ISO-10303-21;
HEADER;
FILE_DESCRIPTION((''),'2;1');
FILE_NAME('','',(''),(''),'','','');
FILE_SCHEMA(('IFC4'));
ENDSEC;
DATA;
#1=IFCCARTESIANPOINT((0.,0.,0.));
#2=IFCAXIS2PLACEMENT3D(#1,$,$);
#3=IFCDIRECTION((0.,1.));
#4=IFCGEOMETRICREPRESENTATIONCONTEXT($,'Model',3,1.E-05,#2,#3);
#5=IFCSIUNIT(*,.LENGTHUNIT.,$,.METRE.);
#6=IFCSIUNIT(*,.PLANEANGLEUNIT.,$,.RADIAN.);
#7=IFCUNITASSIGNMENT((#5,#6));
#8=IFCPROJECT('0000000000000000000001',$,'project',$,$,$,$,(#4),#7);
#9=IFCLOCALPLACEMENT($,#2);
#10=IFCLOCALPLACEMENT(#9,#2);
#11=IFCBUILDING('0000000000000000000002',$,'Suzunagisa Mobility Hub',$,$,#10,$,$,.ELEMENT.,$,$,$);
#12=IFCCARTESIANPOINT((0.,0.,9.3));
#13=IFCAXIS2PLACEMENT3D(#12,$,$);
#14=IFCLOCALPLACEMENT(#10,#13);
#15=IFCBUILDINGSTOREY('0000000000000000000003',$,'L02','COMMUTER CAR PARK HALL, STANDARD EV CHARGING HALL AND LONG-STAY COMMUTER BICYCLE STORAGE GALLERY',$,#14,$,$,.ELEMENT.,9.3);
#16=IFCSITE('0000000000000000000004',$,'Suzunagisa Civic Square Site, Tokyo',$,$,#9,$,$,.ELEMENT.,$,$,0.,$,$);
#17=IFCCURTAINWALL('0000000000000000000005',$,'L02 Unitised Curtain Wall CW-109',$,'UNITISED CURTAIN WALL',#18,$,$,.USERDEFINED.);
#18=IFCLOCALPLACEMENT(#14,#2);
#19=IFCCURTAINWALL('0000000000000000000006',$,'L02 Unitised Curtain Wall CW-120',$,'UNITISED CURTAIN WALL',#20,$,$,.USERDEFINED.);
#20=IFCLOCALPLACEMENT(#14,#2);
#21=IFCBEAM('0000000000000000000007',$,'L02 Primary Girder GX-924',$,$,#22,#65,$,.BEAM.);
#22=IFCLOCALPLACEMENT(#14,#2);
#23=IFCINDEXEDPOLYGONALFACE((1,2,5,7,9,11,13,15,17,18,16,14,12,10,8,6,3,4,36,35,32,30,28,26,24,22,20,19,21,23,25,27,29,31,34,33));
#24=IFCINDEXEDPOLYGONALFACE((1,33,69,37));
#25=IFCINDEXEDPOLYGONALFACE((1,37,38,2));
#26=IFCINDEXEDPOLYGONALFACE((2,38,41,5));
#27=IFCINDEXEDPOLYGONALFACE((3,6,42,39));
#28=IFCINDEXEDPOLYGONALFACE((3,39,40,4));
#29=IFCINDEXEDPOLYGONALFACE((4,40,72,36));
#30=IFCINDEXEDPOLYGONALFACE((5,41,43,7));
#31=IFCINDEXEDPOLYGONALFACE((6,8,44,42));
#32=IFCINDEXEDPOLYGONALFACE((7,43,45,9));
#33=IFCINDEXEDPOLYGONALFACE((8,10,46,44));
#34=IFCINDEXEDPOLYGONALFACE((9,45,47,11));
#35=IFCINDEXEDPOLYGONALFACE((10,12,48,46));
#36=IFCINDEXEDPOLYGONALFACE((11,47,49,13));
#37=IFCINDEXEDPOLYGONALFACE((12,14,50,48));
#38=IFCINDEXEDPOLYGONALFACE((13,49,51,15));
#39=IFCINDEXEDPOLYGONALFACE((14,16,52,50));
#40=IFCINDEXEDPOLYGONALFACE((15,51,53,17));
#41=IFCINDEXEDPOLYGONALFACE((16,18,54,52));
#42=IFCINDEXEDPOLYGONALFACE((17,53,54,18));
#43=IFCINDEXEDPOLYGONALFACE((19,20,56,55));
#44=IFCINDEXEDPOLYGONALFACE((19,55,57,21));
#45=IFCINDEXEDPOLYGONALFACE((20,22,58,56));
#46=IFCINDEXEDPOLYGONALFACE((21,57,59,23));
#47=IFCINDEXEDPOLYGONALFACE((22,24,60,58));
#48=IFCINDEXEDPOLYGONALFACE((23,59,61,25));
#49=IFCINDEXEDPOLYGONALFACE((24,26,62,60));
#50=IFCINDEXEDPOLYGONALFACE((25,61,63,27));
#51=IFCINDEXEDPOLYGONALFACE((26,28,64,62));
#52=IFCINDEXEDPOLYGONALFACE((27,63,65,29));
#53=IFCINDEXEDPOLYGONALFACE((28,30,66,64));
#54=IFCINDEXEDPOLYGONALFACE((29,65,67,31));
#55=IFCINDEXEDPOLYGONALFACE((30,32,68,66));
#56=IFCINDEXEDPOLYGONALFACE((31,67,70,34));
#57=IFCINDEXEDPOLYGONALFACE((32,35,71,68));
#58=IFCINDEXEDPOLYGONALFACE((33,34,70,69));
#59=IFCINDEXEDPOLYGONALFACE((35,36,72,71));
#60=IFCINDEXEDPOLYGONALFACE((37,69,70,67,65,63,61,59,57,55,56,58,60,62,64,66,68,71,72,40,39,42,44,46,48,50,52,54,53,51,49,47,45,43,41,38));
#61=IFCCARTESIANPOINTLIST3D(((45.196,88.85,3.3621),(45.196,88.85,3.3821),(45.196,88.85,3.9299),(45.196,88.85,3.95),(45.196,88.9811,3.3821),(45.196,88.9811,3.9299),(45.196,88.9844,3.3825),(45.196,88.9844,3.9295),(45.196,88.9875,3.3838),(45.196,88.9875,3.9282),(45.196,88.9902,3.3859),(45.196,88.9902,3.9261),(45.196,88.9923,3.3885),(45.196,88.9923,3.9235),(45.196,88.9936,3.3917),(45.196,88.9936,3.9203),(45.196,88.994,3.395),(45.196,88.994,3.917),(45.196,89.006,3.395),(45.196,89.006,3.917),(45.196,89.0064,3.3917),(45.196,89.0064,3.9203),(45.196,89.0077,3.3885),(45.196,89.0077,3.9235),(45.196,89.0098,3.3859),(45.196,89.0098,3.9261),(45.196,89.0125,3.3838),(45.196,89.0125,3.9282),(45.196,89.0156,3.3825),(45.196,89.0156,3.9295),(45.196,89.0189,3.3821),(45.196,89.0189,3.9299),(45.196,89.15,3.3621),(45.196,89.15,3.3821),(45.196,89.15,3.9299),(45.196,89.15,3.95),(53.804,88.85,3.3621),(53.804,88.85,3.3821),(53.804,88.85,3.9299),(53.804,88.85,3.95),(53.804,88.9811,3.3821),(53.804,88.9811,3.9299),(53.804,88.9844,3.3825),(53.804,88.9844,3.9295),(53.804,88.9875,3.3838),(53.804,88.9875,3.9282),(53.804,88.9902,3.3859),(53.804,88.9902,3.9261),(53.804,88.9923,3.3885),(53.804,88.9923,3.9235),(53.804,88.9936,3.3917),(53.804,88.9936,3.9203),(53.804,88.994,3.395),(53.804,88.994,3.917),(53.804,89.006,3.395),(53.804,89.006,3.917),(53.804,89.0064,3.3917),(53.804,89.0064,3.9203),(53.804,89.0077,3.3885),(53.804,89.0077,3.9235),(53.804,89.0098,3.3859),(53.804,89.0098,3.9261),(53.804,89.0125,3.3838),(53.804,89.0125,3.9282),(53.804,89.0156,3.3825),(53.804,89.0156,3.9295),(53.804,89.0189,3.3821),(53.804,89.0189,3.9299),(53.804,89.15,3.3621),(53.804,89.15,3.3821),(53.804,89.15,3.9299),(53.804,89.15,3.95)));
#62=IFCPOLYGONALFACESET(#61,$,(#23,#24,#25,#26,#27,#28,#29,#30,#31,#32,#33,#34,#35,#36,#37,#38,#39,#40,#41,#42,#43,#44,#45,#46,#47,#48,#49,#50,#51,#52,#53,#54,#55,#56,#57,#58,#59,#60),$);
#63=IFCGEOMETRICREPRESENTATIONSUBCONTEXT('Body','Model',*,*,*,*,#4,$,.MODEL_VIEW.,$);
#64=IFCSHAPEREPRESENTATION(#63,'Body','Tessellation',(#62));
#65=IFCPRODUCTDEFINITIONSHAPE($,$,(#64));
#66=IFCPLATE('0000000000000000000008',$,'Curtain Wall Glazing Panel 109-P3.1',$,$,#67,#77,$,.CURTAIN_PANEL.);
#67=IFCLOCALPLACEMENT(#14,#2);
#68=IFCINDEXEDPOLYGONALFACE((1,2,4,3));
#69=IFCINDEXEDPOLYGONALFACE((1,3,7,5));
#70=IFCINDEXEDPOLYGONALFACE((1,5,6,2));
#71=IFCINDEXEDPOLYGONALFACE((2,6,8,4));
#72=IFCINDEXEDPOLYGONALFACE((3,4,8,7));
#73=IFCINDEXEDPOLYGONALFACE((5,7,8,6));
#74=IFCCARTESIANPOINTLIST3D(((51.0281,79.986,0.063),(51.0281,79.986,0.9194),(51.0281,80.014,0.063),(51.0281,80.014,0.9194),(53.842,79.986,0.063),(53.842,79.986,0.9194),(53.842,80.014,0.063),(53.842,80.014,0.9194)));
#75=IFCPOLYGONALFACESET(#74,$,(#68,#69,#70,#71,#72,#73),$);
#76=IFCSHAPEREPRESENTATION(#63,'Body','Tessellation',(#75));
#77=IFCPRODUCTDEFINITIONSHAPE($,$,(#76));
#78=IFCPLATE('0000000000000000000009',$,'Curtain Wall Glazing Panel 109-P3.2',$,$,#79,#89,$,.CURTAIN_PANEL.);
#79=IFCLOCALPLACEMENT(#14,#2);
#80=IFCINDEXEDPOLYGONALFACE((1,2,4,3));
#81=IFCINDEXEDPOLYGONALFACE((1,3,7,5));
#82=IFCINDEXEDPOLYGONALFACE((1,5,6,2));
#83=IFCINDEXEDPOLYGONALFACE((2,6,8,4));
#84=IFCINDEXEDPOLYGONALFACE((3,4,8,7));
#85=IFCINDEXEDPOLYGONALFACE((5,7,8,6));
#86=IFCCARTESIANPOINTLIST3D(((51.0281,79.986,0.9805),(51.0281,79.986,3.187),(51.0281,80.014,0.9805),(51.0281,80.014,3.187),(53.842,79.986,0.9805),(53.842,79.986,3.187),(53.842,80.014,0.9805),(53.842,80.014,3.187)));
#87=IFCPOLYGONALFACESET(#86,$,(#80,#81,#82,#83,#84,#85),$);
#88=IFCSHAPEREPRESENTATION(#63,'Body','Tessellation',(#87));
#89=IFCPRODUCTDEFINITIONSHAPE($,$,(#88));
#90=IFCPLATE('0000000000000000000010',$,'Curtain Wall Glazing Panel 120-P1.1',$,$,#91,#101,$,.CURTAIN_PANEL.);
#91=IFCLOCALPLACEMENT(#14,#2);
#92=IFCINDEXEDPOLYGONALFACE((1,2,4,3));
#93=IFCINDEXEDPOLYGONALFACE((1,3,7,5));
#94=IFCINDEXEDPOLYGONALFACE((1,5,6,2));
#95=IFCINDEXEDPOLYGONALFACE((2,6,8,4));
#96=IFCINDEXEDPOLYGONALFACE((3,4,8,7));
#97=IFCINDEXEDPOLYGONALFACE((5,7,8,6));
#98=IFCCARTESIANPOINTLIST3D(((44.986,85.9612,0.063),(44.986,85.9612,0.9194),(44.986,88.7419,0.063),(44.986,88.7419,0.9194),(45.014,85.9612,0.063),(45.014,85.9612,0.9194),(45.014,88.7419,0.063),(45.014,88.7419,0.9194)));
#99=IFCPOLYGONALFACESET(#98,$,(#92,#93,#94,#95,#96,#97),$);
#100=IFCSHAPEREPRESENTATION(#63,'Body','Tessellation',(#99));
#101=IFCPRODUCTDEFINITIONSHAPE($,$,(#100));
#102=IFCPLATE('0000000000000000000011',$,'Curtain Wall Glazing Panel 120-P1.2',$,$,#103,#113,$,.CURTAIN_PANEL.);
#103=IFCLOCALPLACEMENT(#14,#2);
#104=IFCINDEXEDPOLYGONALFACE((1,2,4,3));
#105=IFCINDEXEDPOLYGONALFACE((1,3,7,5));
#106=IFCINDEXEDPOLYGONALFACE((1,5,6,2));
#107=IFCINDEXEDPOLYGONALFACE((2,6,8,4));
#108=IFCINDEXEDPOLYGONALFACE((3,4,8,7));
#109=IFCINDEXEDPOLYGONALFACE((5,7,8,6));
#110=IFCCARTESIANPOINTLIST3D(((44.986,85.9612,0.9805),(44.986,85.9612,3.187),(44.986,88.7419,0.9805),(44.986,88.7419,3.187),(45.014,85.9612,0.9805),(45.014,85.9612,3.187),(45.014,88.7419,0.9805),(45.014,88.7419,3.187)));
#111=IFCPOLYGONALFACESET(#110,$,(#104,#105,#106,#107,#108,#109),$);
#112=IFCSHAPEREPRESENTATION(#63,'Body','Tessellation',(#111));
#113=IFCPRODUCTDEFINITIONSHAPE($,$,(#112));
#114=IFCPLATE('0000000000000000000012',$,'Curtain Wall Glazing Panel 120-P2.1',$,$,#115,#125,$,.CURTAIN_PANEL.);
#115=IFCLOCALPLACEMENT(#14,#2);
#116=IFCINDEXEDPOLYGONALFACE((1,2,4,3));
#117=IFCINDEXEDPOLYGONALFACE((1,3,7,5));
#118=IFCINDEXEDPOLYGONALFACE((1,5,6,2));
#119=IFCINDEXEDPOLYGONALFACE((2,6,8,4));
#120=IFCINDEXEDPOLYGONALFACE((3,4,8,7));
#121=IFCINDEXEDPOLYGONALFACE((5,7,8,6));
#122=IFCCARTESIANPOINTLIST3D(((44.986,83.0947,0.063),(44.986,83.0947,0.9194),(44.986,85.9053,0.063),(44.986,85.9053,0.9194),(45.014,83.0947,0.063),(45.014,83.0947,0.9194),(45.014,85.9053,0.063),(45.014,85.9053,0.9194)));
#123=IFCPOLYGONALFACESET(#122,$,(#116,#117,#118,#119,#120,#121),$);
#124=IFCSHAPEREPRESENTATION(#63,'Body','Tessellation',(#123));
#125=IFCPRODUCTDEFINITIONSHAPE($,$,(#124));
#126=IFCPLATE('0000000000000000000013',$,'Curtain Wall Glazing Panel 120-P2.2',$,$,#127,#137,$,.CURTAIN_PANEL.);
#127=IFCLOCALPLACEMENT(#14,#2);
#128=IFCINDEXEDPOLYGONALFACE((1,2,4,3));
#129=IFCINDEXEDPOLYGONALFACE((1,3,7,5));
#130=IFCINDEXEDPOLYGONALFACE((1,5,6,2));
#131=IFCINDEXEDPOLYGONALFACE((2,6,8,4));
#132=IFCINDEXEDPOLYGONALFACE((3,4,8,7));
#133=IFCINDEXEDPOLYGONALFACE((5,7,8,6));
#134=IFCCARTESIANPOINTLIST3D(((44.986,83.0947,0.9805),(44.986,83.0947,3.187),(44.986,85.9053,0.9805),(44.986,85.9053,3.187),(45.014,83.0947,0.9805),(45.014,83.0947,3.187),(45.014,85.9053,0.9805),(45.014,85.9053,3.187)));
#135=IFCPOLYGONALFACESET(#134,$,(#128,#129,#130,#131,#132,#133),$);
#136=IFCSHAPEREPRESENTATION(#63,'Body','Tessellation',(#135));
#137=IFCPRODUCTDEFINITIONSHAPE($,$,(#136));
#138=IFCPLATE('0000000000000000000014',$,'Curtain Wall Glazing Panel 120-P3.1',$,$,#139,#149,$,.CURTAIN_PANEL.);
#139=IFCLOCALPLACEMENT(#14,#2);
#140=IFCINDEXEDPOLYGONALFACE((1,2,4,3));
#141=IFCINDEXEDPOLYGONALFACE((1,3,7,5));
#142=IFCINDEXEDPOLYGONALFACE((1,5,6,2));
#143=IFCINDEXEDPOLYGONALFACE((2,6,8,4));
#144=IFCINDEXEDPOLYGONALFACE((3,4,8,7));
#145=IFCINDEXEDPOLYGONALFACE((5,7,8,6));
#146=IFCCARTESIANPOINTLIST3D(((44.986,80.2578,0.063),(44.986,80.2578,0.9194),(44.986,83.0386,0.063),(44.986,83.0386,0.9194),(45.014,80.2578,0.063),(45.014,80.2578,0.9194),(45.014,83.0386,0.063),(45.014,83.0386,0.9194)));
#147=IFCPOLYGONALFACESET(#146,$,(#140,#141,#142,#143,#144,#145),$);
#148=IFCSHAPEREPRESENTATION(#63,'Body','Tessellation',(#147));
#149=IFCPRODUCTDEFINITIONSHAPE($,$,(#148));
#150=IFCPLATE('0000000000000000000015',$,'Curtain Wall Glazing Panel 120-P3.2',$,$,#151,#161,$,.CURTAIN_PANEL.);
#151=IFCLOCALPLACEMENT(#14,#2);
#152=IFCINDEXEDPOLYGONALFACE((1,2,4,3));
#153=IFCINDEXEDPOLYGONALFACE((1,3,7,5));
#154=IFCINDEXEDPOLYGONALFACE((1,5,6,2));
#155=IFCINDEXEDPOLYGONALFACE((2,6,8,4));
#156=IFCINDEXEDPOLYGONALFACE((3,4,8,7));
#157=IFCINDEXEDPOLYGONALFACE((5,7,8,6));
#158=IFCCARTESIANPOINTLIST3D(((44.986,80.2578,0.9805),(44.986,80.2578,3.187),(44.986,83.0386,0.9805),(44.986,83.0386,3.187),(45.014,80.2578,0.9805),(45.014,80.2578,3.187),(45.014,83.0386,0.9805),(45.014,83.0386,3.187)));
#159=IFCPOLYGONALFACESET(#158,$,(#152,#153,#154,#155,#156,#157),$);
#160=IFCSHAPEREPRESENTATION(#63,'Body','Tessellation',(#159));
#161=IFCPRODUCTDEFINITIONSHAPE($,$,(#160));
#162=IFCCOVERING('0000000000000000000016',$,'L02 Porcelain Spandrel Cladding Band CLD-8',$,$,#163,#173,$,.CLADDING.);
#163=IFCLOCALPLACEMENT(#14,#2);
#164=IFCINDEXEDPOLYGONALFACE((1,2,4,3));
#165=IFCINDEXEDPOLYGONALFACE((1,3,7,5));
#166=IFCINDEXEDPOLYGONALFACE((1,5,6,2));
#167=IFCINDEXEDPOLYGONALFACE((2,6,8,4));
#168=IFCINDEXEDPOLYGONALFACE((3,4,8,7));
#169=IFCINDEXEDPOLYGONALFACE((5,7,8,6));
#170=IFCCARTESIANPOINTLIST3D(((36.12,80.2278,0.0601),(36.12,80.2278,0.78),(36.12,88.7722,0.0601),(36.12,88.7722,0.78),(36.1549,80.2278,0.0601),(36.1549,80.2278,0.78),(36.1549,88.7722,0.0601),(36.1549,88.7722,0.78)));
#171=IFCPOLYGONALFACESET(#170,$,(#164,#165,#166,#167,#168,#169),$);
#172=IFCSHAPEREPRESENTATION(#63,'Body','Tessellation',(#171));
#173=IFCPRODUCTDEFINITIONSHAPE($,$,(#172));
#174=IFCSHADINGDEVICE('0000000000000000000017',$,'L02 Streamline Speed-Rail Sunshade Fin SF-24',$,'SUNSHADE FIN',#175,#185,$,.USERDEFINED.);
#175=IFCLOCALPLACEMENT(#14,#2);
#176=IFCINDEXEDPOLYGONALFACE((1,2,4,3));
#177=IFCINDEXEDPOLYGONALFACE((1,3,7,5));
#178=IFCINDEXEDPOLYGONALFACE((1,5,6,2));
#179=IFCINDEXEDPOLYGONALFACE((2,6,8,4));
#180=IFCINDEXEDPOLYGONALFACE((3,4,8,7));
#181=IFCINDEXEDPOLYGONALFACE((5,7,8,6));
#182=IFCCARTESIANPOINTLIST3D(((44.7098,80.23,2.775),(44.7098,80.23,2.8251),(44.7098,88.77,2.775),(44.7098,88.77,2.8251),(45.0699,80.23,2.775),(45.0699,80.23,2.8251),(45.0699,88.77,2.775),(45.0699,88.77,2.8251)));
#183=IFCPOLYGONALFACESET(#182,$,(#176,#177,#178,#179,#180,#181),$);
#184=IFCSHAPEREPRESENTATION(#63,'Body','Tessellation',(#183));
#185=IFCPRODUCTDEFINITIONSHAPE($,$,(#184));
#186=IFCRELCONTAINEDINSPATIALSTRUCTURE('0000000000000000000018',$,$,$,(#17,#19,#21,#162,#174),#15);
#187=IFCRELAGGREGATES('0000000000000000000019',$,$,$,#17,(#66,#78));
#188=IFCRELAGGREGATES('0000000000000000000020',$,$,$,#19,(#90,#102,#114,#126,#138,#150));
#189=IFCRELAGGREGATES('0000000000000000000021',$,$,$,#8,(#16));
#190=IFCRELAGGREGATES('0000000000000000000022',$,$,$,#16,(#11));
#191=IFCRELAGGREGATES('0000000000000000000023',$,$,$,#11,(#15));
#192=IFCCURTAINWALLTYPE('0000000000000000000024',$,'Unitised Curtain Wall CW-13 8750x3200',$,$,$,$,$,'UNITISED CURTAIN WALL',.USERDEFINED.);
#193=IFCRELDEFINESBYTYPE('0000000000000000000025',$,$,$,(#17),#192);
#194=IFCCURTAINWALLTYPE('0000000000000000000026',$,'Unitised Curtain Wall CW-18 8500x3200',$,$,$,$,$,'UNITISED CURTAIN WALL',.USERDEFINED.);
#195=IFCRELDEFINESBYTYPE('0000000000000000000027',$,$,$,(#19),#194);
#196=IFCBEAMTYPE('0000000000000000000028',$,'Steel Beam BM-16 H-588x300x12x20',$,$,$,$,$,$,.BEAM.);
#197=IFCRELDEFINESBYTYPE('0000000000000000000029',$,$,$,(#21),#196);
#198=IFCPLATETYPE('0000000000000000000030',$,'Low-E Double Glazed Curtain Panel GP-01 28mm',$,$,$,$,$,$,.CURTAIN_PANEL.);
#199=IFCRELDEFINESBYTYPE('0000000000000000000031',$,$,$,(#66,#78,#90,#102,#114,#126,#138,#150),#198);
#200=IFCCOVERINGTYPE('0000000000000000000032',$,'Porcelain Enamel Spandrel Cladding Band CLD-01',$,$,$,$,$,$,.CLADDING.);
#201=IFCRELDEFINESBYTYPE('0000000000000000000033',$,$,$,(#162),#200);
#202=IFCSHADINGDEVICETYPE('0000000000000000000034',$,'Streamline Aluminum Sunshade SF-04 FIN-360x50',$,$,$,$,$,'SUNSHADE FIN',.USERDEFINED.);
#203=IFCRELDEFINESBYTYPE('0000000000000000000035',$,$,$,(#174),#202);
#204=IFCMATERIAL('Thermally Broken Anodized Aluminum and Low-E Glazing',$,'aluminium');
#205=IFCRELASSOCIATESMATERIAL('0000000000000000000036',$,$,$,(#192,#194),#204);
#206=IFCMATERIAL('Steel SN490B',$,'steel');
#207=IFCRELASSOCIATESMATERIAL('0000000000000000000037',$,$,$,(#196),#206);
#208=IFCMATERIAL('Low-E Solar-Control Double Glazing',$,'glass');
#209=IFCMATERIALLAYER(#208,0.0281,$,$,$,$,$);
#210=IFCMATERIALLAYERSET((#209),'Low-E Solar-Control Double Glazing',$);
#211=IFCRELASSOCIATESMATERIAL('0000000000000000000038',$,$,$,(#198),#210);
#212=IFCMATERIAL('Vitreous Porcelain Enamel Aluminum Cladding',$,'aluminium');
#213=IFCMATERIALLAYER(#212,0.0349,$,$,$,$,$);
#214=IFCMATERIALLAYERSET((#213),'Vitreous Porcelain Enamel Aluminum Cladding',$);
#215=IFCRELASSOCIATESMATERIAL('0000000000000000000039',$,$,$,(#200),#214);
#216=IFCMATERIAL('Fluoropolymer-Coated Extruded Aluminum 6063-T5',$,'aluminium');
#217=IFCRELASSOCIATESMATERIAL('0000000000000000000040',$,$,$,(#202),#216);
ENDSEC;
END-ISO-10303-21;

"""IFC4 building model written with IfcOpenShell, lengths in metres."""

from ifc_helpers import new_model, si_unit, direction, frame, origin, origin_2d, place, context, subcontext, project, spatial, rectangle, i_section, extrude, material, layer, layer_set, material_profile, profile_set, type_object, element, aggregate, save


model = new_model("IFC4")

# Units and contexts
model_context = context("Model", 3, precision=1e-05, world=origin(), true_north=direction((0.0, 1.0)))
body_context = subcontext(model_context, "Body", "Model", "MODEL_VIEW")
ifc_project = project(units=[si_unit("LENGTHUNIT", "METRE"), si_unit("PLANEANGLEUNIT", "RADIAN")], contexts=[model_context])

# Site, building, storey
site_placement = place(None, origin())
site = spatial("IfcSite", under=ifc_project, at=site_placement, Name="Suzunagisa Civic Square Site, Tokyo", CompositionType="ELEMENT", RefElevation=0.0)
building_placement = place(site_placement, origin())
building = spatial("IfcBuilding", under=site, at=building_placement, Name="Suzunagisa Mobility Hub", CompositionType="ELEMENT")
storey_placement = place(building_placement, frame((0.0, 0.0, 9.3)))
storey = spatial("IfcBuildingStorey", under=building, at=storey_placement, Name="L02", Description="COMMUTER CAR PARK HALL, STANDARD EV CHARGING HALL AND LONG-STAY COMMUTER BICYCLE STORAGE GALLERY", CompositionType="ELEMENT", Elevation=9.3)

# Shared definitions
ifc_material_1 = material(Name="Steel SN490B", Category="steel")

# Curtain walls
ifc_material_2 = material(Name="Thermally Broken Anodized Aluminum and Low-E Glazing", Category="aluminium")
curtain_wall_type_1 = type_object("IfcCurtainWallType", Name="Unitised Curtain Wall CW-13 8750x3200", ElementType="UNITISED CURTAIN WALL", PredefinedType="USERDEFINED", material=ifc_material_2)
curtain_wall_1_placement = place(storey_placement, origin())
curtain_wall_1 = element("IfcCurtainWall", 1, at=curtain_wall_1_placement, inside=storey, type_object=curtain_wall_type_1, Name="L02 Unitised Curtain Wall CW-109", ObjectType="UNITISED CURTAIN WALL", PredefinedType="USERDEFINED")
curtain_wall_type_2 = type_object("IfcCurtainWallType", Name="Unitised Curtain Wall CW-18 8500x3200", ElementType="UNITISED CURTAIN WALL", PredefinedType="USERDEFINED", material=ifc_material_2)
curtain_wall_2_placement = place(storey_placement, origin())
curtain_wall_2 = element("IfcCurtainWall", 2, at=curtain_wall_2_placement, inside=storey, type_object=curtain_wall_type_2, Name="L02 Unitised Curtain Wall CW-120", ObjectType="UNITISED CURTAIN WALL", PredefinedType="USERDEFINED")

# Beam
ifc_material_profile_1 = material_profile(ifc_material_1, i_section(OverallWidth=0.3, OverallDepth=0.5879, WebThickness=0.012, FlangeThickness=0.02, FilletRadius=0.0129, at=origin_2d()), Name="H-588x300x12x20")
ifc_profile_set_1 = profile_set([ifc_material_profile_1], Name="Steel SN490B")
beam_type_1 = type_object("IfcBeamType", Name="Steel Beam BM-16 H-588x300x12x20", PredefinedType="BEAM", material=ifc_profile_set_1)
beam_1_placement = place(storey_placement, frame((45.196, 89.0, 3.656), z_axis=(1.0, 0.0, 0.0), x_axis=(0.0, 1.0, 0.0)))
element("IfcBeam", 3, at=beam_1_placement, inside=storey, type_object=beam_type_1, Name="L02 Primary Girder GX-924", PredefinedType="BEAM", context=body_context, shape_type="SweptSolid", body=[
    extrude(i_section(OverallWidth=0.3, OverallDepth=0.5879, WebThickness=0.012, FlangeThickness=0.02, FilletRadius=0.0129, at=origin_2d()), origin(), (0.0, 0.0, 1.0), 8.6079),
])

# Plates
ifc_material_3 = material(Name="Low-E Solar-Control Double Glazing", Category="glass")
ifc_layer_1 = layer(ifc_material_3, 0.0281)
ifc_layer_set_1 = layer_set([ifc_layer_1], Name="Low-E Solar-Control Double Glazing")
plate_type = type_object("IfcPlateType", Name="Low-E Double Glazed Curtain Panel GP-01 28mm", PredefinedType="CURTAIN_PANEL", material=ifc_layer_set_1)
plate_1_placement = place(storey_placement, frame((52.4351, 80.0, 0.063), z_axis=(0.0, 0.0, 1.0), x_axis=(1.0, 0.0, 0.0)))
plate_1 = element("IfcPlate", 4, at=plate_1_placement, type_object=plate_type, Name="Curtain Wall Glazing Panel 109-P3.1", PredefinedType="CURTAIN_PANEL", context=body_context, shape_type="SweptSolid", body=[
    extrude(rectangle(XDim=2.814, YDim=0.0281, at=origin_2d()), origin(), (0.0, 0.0, 1.0), 0.8564),
])
plate_2_placement = place(storey_placement, frame((52.4351, 80.0, 0.9805), z_axis=(0.0, 0.0, 1.0), x_axis=(1.0, 0.0, 0.0)))
plate_2 = element("IfcPlate", 5, at=plate_2_placement, type_object=plate_type, Name="Curtain Wall Glazing Panel 109-P3.2", PredefinedType="CURTAIN_PANEL", context=body_context, shape_type="SweptSolid", body=[
    extrude(rectangle(XDim=2.814, YDim=0.0281, at=origin_2d()), origin(), (0.0, 0.0, 1.0), 2.2065),
])
aggregate(curtain_wall_1, [plate_1, plate_2])
plate_3_placement = place(storey_placement, frame((45.0, 87.3516, 0.063), z_axis=(0.0, 0.0, 1.0), x_axis=(0.0, -1.0, 0.0)))
plate_3 = element("IfcPlate", 6, at=plate_3_placement, type_object=plate_type, Name="Curtain Wall Glazing Panel 120-P1.1", PredefinedType="CURTAIN_PANEL", context=body_context, shape_type="SweptSolid", body=[
    extrude(rectangle(XDim=2.7808, YDim=0.0281, at=origin_2d()), origin(), (0.0, 0.0, 1.0), 0.8564),
])
plate_4_placement = place(storey_placement, frame((45.0, 87.3516, 0.9805), z_axis=(0.0, 0.0, 1.0), x_axis=(0.0, -1.0, 0.0)))
plate_4 = element("IfcPlate", 7, at=plate_4_placement, type_object=plate_type, Name="Curtain Wall Glazing Panel 120-P1.2", PredefinedType="CURTAIN_PANEL", context=body_context, shape_type="SweptSolid", body=[
    extrude(rectangle(XDim=2.7808, YDim=0.0281, at=origin_2d()), origin(), (0.0, 0.0, 1.0), 2.2065),
])
plate_5_placement = place(storey_placement, frame((45.0, 84.5, 0.063), z_axis=(0.0, 0.0, 1.0), x_axis=(0.0, -1.0, 0.0)))
plate_5 = element("IfcPlate", 8, at=plate_5_placement, type_object=plate_type, Name="Curtain Wall Glazing Panel 120-P2.1", PredefinedType="CURTAIN_PANEL", context=body_context, shape_type="SweptSolid", body=[
    extrude(rectangle(XDim=2.8105, YDim=0.0281, at=origin_2d()), origin(), (0.0, 0.0, 1.0), 0.8564),
])
plate_6_placement = place(storey_placement, frame((45.0, 84.5, 0.9805), z_axis=(0.0, 0.0, 1.0), x_axis=(0.0, -1.0, 0.0)))
plate_6 = element("IfcPlate", 9, at=plate_6_placement, type_object=plate_type, Name="Curtain Wall Glazing Panel 120-P2.2", PredefinedType="CURTAIN_PANEL", context=body_context, shape_type="SweptSolid", body=[
    extrude(rectangle(XDim=2.8105, YDim=0.0281, at=origin_2d()), origin(), (0.0, 0.0, 1.0), 2.2065),
])
plate_7_placement = place(storey_placement, frame((45.0, 81.6482, 0.063), z_axis=(0.0, 0.0, 1.0), x_axis=(0.0, -1.0, 0.0)))
plate_7 = element("IfcPlate", 10, at=plate_7_placement, type_object=plate_type, Name="Curtain Wall Glazing Panel 120-P3.1", PredefinedType="CURTAIN_PANEL", context=body_context, shape_type="SweptSolid", body=[
    extrude(rectangle(XDim=2.7808, YDim=0.0281, at=origin_2d()), origin(), (0.0, 0.0, 1.0), 0.8564),
])
plate_8_placement = place(storey_placement, frame((45.0, 81.6482, 0.9805), z_axis=(0.0, 0.0, 1.0), x_axis=(0.0, -1.0, 0.0)))
plate_8 = element("IfcPlate", 11, at=plate_8_placement, type_object=plate_type, Name="Curtain Wall Glazing Panel 120-P3.2", PredefinedType="CURTAIN_PANEL", context=body_context, shape_type="SweptSolid", body=[
    extrude(rectangle(XDim=2.7808, YDim=0.0281, at=origin_2d()), origin(), (0.0, 0.0, 1.0), 2.2065),
])
aggregate(curtain_wall_2, [plate_3, plate_4, plate_5, plate_6, plate_7, plate_8])

# Covering
ifc_material_4 = material(Name="Vitreous Porcelain Enamel Aluminum Cladding", Category="aluminium")
ifc_layer_2 = layer(ifc_material_4, 0.0349)
ifc_layer_set_2 = layer_set([ifc_layer_2], Name="Vitreous Porcelain Enamel Aluminum Cladding")
covering_type = type_object("IfcCoveringType", Name="Porcelain Enamel Spandrel Cladding Band CLD-01", PredefinedType="CLADDING", material=ifc_layer_set_2)
covering_placement = place(storey_placement, frame((36.1375, 84.5, 0.0601), z_axis=(0.0, 0.0, 1.0), x_axis=(0.0, 1.0, 0.0)))
element("IfcCovering", 12, at=covering_placement, inside=storey, type_object=covering_type, Name="L02 Porcelain Spandrel Cladding Band CLD-8", PredefinedType="CLADDING", context=body_context, shape_type="SweptSolid", body=[
    extrude(rectangle(XDim=8.5444, YDim=0.0349, at=origin_2d()), origin(), (0.0, 0.0, 1.0), 0.72),
])

# Shading device
ifc_material_5 = material(Name="Fluoropolymer-Coated Extruded Aluminum 6063-T5", Category="aluminium")
ifc_material_profile_2 = material_profile(ifc_material_5, rectangle(XDim=0.3601, YDim=0.05, at=origin_2d()), Name="FIN-360x50")
ifc_profile_set_2 = profile_set([ifc_material_profile_2], Name="Fluoropolymer-Coated Extruded Aluminum 6063-T5")
shading_device_type = type_object("IfcShadingDeviceType", Name="Streamline Aluminum Sunshade SF-04 FIN-360x50", ElementType="SUNSHADE FIN", PredefinedType="USERDEFINED", material=ifc_profile_set_2)
shading_device_placement = place(storey_placement, frame((44.8899, 88.77, 2.8), z_axis=(0.0, -1.0, 0.0), x_axis=(1.0, 0.0, 0.0)))
element("IfcShadingDevice", 13, at=shading_device_placement, inside=storey, type_object=shading_device_type, Name="L02 Streamline Speed-Rail Sunshade Fin SF-24", ObjectType="SUNSHADE FIN", PredefinedType="USERDEFINED", context=body_context, shape_type="SweptSolid", body=[
    extrude(rectangle(XDim=0.3601, YDim=0.05, at=origin_2d()), origin(), (0.0, 0.0, 1.0), 8.54),
])

save(model, "model.ifc")
